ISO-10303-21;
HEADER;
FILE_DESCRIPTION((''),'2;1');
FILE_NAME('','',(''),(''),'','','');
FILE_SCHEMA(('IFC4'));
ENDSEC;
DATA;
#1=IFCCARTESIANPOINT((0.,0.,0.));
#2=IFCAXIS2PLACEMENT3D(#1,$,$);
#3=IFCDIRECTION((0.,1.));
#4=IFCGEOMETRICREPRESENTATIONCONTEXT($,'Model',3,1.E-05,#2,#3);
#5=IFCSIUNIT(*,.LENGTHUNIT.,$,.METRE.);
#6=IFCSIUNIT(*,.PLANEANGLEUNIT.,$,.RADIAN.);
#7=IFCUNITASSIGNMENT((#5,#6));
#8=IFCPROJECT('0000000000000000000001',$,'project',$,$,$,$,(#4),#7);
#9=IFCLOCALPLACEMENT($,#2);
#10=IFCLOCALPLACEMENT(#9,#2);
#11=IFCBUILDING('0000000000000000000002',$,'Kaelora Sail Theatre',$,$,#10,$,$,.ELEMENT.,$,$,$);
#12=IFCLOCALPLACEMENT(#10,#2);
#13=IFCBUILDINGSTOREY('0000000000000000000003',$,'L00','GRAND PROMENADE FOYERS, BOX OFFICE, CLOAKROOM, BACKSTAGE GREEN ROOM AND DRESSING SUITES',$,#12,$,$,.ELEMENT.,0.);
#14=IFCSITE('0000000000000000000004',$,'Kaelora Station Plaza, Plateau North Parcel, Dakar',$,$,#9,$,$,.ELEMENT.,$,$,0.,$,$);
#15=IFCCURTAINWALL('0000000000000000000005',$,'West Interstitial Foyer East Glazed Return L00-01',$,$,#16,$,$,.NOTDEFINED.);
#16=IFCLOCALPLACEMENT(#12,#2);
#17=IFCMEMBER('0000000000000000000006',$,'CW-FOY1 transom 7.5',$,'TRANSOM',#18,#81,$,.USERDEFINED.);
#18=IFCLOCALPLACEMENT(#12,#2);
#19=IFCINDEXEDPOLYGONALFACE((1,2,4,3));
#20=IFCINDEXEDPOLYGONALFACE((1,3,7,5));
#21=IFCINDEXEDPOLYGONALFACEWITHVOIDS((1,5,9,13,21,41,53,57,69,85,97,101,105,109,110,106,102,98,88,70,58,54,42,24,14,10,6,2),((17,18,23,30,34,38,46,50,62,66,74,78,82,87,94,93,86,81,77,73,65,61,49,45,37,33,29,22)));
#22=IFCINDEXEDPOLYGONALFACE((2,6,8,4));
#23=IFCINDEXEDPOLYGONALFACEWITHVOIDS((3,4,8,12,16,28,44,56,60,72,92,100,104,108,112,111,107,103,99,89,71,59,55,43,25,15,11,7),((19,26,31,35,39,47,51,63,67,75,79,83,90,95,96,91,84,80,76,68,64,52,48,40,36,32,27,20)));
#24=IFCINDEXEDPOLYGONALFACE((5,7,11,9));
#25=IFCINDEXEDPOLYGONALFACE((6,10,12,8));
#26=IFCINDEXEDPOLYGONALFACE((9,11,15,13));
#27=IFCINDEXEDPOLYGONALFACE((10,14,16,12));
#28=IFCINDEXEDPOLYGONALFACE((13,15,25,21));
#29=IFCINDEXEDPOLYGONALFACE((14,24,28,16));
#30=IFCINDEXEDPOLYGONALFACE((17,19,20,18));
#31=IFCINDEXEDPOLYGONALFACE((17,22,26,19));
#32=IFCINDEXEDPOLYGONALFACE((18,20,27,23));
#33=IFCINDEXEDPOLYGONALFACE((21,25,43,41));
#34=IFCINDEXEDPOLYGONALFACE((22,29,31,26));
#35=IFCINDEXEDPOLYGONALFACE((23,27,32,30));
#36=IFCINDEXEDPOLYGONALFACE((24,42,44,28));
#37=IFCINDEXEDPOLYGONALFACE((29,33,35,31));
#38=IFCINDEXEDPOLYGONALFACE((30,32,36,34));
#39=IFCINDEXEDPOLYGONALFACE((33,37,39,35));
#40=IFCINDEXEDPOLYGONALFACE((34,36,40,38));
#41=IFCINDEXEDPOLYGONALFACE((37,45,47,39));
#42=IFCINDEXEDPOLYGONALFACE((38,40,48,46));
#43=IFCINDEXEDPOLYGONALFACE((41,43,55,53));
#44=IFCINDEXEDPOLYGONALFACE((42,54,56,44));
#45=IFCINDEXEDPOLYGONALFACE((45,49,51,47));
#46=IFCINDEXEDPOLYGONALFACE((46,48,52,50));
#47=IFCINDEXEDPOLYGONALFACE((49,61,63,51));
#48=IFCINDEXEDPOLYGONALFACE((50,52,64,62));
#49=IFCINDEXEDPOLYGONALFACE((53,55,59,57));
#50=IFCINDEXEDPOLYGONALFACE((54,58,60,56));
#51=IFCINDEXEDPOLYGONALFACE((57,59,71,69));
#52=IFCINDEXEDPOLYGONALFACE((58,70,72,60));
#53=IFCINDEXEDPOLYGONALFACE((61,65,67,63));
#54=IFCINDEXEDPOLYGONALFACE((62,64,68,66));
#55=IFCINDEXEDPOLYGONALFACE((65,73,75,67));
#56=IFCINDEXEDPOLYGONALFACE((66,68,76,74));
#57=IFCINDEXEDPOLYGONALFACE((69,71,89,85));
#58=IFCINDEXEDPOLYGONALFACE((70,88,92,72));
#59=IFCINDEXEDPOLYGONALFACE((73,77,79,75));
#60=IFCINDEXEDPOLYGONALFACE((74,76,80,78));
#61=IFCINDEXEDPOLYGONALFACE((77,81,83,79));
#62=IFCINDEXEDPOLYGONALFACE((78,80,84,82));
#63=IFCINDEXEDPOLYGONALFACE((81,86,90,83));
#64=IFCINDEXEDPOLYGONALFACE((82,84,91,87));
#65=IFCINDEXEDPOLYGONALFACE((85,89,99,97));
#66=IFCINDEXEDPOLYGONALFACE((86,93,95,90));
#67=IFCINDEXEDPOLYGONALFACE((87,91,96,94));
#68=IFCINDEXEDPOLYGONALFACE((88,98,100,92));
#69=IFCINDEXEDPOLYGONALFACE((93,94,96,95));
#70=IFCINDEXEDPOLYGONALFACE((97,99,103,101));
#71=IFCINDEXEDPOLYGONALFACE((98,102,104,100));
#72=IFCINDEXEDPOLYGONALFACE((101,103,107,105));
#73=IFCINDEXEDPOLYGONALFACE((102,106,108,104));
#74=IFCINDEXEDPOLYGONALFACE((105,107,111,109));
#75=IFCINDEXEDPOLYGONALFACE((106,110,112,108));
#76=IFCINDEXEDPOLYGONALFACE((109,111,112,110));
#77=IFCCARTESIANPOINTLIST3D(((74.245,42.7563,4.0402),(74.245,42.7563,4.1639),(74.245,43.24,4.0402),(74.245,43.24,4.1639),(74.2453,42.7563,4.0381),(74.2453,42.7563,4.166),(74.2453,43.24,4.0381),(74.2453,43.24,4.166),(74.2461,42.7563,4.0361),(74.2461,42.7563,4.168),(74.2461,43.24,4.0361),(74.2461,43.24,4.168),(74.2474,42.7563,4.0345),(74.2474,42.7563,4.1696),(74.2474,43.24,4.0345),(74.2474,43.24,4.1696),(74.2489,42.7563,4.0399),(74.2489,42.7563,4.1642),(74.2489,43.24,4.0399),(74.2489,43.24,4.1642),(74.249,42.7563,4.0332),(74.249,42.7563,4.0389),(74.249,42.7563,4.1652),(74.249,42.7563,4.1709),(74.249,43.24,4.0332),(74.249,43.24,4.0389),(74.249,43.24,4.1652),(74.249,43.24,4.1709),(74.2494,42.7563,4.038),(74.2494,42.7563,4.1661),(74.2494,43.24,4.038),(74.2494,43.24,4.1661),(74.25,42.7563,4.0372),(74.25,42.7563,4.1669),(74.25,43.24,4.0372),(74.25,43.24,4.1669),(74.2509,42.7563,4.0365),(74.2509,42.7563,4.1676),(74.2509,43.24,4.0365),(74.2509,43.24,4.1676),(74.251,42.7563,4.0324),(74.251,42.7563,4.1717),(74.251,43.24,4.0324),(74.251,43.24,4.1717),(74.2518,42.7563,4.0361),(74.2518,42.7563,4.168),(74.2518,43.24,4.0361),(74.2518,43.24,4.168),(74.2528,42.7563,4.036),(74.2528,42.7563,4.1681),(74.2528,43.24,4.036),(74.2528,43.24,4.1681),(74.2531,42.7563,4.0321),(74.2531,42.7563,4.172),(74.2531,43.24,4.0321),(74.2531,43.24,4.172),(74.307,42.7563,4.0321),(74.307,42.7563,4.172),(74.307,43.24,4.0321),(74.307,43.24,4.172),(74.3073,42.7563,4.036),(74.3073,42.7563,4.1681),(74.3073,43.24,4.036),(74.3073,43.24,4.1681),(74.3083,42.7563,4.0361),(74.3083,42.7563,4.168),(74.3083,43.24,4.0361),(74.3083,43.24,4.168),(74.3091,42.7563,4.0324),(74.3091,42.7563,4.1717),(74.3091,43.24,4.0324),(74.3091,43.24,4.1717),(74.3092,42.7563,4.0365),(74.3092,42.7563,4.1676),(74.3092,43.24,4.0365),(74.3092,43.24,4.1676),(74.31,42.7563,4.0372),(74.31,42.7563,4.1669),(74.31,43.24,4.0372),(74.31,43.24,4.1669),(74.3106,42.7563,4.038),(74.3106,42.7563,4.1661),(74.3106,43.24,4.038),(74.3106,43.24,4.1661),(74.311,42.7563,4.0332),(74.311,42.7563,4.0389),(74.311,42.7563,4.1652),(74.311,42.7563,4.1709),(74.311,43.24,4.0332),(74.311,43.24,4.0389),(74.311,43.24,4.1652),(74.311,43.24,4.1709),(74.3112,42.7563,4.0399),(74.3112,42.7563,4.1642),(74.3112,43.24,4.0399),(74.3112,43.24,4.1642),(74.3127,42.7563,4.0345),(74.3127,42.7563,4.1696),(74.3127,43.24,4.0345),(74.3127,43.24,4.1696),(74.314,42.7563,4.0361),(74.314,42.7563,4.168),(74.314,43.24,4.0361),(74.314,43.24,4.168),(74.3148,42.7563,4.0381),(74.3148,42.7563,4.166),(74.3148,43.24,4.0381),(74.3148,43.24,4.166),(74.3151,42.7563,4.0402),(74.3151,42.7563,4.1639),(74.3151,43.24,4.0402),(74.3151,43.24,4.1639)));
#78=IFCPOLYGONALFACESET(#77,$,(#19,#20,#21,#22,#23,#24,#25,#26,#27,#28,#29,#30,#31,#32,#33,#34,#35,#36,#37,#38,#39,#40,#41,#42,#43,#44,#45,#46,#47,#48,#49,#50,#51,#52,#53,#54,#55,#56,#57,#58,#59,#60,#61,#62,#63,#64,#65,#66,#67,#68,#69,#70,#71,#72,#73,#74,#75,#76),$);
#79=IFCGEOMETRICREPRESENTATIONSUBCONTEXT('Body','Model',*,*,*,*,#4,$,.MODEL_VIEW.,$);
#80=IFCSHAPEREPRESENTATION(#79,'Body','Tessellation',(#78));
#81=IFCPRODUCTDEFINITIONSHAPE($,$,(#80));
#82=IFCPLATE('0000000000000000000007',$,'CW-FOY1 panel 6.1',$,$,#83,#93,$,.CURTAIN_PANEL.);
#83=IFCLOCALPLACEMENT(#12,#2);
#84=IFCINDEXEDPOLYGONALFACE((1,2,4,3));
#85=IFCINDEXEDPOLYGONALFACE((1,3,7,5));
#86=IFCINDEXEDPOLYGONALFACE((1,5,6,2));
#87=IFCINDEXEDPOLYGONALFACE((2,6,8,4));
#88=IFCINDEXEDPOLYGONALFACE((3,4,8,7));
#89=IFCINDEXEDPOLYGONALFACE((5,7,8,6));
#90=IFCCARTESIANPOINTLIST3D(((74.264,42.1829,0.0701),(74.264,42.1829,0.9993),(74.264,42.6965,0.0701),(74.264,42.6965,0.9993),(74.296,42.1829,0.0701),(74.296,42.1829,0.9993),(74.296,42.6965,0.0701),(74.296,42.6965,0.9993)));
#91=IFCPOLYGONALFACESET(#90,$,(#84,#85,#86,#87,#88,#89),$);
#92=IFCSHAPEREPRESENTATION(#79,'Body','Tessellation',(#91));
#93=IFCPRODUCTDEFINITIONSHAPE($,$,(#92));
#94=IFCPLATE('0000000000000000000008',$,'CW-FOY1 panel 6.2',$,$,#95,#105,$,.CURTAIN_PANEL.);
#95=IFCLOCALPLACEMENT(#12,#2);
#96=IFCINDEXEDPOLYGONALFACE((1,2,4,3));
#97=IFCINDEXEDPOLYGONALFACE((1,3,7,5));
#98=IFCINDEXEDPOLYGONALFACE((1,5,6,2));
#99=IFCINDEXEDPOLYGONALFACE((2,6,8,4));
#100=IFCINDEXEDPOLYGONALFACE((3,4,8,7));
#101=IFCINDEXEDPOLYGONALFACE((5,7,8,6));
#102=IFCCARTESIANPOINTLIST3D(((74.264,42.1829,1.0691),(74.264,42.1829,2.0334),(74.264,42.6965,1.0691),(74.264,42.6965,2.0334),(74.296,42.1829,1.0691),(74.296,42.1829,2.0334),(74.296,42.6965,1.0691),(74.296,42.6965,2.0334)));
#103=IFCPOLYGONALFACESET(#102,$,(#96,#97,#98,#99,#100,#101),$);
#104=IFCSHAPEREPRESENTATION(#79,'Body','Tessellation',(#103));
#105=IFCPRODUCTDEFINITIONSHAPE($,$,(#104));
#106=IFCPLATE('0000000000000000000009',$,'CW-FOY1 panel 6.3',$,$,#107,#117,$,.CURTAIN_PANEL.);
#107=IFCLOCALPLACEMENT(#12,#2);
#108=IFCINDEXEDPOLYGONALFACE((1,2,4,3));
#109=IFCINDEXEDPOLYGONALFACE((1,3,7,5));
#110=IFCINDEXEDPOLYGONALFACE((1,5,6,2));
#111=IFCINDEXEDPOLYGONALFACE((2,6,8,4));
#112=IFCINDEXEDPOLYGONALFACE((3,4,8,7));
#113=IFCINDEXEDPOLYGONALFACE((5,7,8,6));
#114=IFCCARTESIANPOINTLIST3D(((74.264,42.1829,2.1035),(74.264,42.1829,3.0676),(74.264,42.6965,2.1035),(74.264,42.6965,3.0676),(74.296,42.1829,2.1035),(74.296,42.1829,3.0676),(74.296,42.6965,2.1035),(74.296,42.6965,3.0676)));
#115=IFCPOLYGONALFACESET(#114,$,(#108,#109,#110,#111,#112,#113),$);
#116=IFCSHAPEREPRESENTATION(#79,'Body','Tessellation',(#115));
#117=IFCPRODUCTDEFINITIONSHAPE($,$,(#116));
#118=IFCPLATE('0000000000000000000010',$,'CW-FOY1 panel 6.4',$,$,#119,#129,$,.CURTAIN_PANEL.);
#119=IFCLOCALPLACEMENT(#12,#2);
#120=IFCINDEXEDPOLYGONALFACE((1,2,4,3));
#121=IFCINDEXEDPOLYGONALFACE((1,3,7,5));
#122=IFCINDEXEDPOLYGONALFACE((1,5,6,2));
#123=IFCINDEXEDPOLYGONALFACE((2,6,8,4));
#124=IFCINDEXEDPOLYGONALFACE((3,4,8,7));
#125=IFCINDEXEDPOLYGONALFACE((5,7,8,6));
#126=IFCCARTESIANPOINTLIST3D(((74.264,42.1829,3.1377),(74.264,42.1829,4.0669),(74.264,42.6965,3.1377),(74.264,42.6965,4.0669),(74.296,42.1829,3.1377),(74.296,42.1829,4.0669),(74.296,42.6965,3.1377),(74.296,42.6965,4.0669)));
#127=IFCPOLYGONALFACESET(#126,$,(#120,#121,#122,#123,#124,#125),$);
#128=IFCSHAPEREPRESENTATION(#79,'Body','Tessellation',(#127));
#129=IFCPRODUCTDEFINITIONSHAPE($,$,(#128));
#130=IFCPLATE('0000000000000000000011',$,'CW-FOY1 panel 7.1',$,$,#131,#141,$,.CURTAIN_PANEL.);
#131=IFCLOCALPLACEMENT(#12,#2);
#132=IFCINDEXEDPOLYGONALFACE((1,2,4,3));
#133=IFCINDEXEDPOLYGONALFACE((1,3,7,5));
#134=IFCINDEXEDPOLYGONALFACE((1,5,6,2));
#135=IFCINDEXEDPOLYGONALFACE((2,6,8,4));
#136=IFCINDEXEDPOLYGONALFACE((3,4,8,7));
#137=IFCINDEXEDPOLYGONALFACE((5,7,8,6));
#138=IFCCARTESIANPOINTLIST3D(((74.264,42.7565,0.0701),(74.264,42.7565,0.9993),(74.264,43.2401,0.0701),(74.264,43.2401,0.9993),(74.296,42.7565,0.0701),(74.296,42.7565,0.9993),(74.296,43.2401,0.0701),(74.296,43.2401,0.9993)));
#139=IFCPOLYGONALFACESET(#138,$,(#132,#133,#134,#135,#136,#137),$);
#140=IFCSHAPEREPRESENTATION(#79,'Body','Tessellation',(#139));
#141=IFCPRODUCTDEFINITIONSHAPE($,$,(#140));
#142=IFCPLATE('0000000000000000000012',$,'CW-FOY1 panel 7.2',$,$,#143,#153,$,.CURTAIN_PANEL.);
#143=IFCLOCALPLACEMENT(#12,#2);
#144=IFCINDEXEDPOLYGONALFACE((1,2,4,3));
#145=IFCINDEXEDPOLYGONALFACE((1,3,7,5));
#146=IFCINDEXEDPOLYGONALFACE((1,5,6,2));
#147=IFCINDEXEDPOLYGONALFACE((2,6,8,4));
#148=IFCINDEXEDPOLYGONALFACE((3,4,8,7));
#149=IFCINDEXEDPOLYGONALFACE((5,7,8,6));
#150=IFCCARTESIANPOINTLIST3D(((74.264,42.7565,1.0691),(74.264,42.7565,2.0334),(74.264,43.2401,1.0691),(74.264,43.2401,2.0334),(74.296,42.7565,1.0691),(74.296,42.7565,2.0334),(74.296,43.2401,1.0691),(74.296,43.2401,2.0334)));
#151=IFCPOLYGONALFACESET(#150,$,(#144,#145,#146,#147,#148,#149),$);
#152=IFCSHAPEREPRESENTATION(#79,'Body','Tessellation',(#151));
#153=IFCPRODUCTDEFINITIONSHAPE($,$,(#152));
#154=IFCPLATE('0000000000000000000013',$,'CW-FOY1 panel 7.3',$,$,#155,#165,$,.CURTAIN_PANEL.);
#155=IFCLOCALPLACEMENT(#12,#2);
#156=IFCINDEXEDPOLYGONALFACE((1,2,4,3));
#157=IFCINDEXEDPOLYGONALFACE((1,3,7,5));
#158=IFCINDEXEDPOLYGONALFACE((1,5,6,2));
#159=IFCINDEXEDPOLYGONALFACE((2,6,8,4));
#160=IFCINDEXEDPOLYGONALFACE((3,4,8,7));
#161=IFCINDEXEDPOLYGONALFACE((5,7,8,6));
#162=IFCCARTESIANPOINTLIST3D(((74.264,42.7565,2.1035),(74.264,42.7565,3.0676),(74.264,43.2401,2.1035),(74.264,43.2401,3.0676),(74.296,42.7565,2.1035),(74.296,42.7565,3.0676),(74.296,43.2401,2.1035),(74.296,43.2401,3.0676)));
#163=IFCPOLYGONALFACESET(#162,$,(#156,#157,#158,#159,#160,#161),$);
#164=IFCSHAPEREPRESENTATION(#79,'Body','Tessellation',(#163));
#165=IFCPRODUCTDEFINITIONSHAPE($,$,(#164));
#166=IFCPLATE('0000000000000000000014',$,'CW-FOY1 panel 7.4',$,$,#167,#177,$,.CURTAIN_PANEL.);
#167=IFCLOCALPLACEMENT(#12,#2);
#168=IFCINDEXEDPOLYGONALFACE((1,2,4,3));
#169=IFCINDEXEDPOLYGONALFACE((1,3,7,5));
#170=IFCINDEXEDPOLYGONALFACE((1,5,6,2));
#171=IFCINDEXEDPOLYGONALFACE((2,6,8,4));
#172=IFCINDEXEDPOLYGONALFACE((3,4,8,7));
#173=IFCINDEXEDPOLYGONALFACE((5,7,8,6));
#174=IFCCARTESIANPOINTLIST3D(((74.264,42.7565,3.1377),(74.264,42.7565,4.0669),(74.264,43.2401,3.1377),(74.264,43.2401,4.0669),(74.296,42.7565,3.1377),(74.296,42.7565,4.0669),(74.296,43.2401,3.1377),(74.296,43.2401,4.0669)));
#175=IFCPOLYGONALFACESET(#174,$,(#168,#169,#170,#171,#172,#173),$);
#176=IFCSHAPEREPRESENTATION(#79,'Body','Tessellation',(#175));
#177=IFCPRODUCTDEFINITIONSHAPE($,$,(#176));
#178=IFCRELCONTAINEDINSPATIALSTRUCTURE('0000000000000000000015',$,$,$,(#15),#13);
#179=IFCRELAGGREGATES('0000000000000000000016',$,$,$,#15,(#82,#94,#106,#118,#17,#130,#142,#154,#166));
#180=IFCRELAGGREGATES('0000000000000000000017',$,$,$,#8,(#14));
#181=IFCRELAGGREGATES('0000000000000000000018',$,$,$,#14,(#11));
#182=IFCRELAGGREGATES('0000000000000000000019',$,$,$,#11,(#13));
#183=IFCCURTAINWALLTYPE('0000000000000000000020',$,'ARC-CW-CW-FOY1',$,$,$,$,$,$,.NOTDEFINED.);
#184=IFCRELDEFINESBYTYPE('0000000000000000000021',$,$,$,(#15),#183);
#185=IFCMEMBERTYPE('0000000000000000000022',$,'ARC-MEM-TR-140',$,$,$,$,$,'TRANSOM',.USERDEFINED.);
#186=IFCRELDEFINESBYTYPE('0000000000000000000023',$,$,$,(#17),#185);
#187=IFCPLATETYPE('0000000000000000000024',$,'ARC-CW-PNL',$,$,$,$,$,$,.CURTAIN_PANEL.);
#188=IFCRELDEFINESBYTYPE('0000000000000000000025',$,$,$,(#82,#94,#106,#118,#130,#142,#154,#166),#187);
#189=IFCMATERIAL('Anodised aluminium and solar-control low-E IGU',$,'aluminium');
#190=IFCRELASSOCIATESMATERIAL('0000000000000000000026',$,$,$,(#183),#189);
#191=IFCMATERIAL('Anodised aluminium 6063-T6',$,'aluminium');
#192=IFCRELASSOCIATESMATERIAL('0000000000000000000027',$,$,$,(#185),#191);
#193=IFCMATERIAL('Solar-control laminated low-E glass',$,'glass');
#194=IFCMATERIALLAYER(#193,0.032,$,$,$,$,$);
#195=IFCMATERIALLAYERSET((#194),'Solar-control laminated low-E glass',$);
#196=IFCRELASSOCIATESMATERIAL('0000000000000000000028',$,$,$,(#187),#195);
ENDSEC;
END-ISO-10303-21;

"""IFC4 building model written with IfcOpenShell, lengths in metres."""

from ifc_helpers import new_model, si_unit, direction, frame, origin, origin_2d, place, context, subcontext, project, spatial, rectangle, hollow_rectangle, extrude, material, layer, layer_set, material_profile, profile_set, type_object, element, aggregate, save


model = new_model("IFC4")

# Units and contexts
model_context = context("Model", 3, precision=1e-05, world=origin(), true_north=direction((0.0, 1.0)))
body_context = subcontext(model_context, "Body", "Model", "MODEL_VIEW")
ifc_project = project(units=[si_unit("LENGTHUNIT", "METRE"), si_unit("PLANEANGLEUNIT", "RADIAN")], contexts=[model_context])

# Site, building, storey
site_placement = place(None, origin())
site = spatial("IfcSite", under=ifc_project, at=site_placement, Name="Kaelora Station Plaza, Plateau North Parcel, Dakar", CompositionType="ELEMENT", RefElevation=0.0)
building_placement = place(site_placement, origin())
building = spatial("IfcBuilding", under=site, at=building_placement, Name="Kaelora Sail Theatre", CompositionType="ELEMENT")
storey_placement = place(building_placement, origin())
storey = spatial("IfcBuildingStorey", under=building, at=storey_placement, Name="L00", Description="GRAND PROMENADE FOYERS, BOX OFFICE, CLOAKROOM, BACKSTAGE GREEN ROOM AND DRESSING SUITES", CompositionType="ELEMENT", Elevation=0.0)

# Curtain wall
ifc_material_1 = material(Name="Anodised aluminium and solar-control low-E IGU", Category="aluminium")
curtain_wall_type = type_object("IfcCurtainWallType", Name="ARC-CW-CW-FOY1", PredefinedType="NOTDEFINED", material=ifc_material_1)
curtain_wall_1_placement = place(storey_placement, origin())
curtain_wall_1 = element("IfcCurtainWall", 1, at=curtain_wall_1_placement, inside=storey, type_object=curtain_wall_type, Name="West Interstitial Foyer East Glazed Return L00-01", PredefinedType="NOTDEFINED")

# Member
ifc_material_2 = material(Name="Anodised aluminium 6063-T6", Category="aluminium")
ifc_material_profile_1 = material_profile(ifc_material_2, hollow_rectangle(XDim=0.0701, YDim=0.1399, WallThickness=0.0039, InnerFilletRadius=0.0039, OuterFilletRadius=0.0081, at=origin_2d()), Name="ALU-TRAN 70x140x4")
ifc_profile_set_1 = profile_set([ifc_material_profile_1], Name="Anodised aluminium 6063-T6")
member_type_1 = type_object("IfcMemberType", Name="ARC-MEM-TR-140", ElementType="TRANSOM", PredefinedType="USERDEFINED", material=ifc_profile_set_1)
member_1_placement = place(storey_placement, frame((74.28, 42.7563, 4.1021), z_axis=(0.0, 1.0, 0.0), x_axis=(-1.0, 0.0, 0.0)))
member_1 = element("IfcMember", 2, at=member_1_placement, type_object=member_type_1, Name="CW-FOY1 transom 7.5", ObjectType="TRANSOM", PredefinedType="USERDEFINED", context=body_context, shape_type="SweptSolid", body=[
    extrude(hollow_rectangle(XDim=0.0701, YDim=0.1399, WallThickness=0.0039, InnerFilletRadius=0.0039, OuterFilletRadius=0.0081, at=origin_2d()), origin(), (0.0, 0.0, 1.0), 0.4836),
])

# Plates
ifc_material_3 = material(Name="Solar-control laminated low-E glass", Category="glass")
ifc_layer = layer(ifc_material_3, 0.032)
ifc_layer_set = layer_set([ifc_layer], Name="Solar-control laminated low-E glass")
plate_type = type_object("IfcPlateType", Name="ARC-CW-PNL", PredefinedType="CURTAIN_PANEL", material=ifc_layer_set)
plate_1_placement = place(storey_placement, frame((74.28, 42.4397, 0.0701), z_axis=(0.0, 0.0, 1.0), x_axis=(0.0, 1.0, 0.0)))
plate_1 = element("IfcPlate", 3, at=plate_1_placement, type_object=plate_type, Name="CW-FOY1 panel 6.1", PredefinedType="CURTAIN_PANEL", context=body_context, shape_type="SweptSolid", body=[
    extrude(rectangle(XDim=0.5137, YDim=0.032, at=origin_2d()), origin(), (0.0, 0.0, 1.0), 0.9292),
])
plate_2_placement = place(storey_placement, frame((74.28, 42.4397, 1.0691), z_axis=(0.0, 0.0, 1.0), x_axis=(0.0, 1.0, 0.0)))
plate_2 = element("IfcPlate", 4, at=plate_2_placement, type_object=plate_type, Name="CW-FOY1 panel 6.2", PredefinedType="CURTAIN_PANEL", context=body_context, shape_type="SweptSolid", body=[
    extrude(rectangle(XDim=0.5137, YDim=0.032, at=origin_2d()), origin(), (0.0, 0.0, 1.0), 0.9644),
])
plate_3_placement = place(storey_placement, frame((74.28, 42.4397, 2.1035), z_axis=(0.0, 0.0, 1.0), x_axis=(0.0, 1.0, 0.0)))
plate_3 = element("IfcPlate", 5, at=plate_3_placement, type_object=plate_type, Name="CW-FOY1 panel 6.3", PredefinedType="CURTAIN_PANEL", context=body_context, shape_type="SweptSolid", body=[
    extrude(rectangle(XDim=0.5137, YDim=0.032, at=origin_2d()), origin(), (0.0, 0.0, 1.0), 0.9641),
])
plate_4_placement = place(storey_placement, frame((74.28, 42.4397, 3.1377), z_axis=(0.0, 0.0, 1.0), x_axis=(0.0, 1.0, 0.0)))
plate_4 = element("IfcPlate", 6, at=plate_4_placement, type_object=plate_type, Name="CW-FOY1 panel 6.4", PredefinedType="CURTAIN_PANEL", context=body_context, shape_type="SweptSolid", body=[
    extrude(rectangle(XDim=0.5137, YDim=0.032, at=origin_2d()), origin(), (0.0, 0.0, 1.0), 0.9292),
])
plate_5_placement = place(storey_placement, frame((74.28, 42.9983, 0.0701), z_axis=(0.0, 0.0, 1.0), x_axis=(0.0, 1.0, 0.0)))
plate_5 = element("IfcPlate", 7, at=plate_5_placement, type_object=plate_type, Name="CW-FOY1 panel 7.1", PredefinedType="CURTAIN_PANEL", context=body_context, shape_type="SweptSolid", body=[
    extrude(rectangle(XDim=0.4836, YDim=0.032, at=origin_2d()), origin(), (0.0, 0.0, 1.0), 0.9292),
])
plate_6_placement = place(storey_placement, frame((74.28, 42.9983, 1.0691), z_axis=(0.0, 0.0, 1.0), x_axis=(0.0, 1.0, 0.0)))
plate_6 = element("IfcPlate", 8, at=plate_6_placement, type_object=plate_type, Name="CW-FOY1 panel 7.2", PredefinedType="CURTAIN_PANEL", context=body_context, shape_type="SweptSolid", body=[
    extrude(rectangle(XDim=0.4836, YDim=0.032, at=origin_2d()), origin(), (0.0, 0.0, 1.0), 0.9644),
])
plate_7_placement = place(storey_placement, frame((74.28, 42.9983, 2.1035), z_axis=(0.0, 0.0, 1.0), x_axis=(0.0, 1.0, 0.0)))
plate_7 = element("IfcPlate", 9, at=plate_7_placement, type_object=plate_type, Name="CW-FOY1 panel 7.3", PredefinedType="CURTAIN_PANEL", context=body_context, shape_type="SweptSolid", body=[
    extrude(rectangle(XDim=0.4836, YDim=0.032, at=origin_2d()), origin(), (0.0, 0.0, 1.0), 0.9641),
])
plate_8_placement = place(storey_placement, frame((74.28, 42.9983, 3.1377), z_axis=(0.0, 0.0, 1.0), x_axis=(0.0, 1.0, 0.0)))
plate_8 = element("IfcPlate", 10, at=plate_8_placement, type_object=plate_type, Name="CW-FOY1 panel 7.4", PredefinedType="CURTAIN_PANEL", context=body_context, shape_type="SweptSolid", body=[
    extrude(rectangle(XDim=0.4836, YDim=0.032, at=origin_2d()), origin(), (0.0, 0.0, 1.0), 0.9292),
])
aggregate(curtain_wall_1, [plate_1, plate_2, plate_3, plate_4, member_1, plate_5, plate_6, plate_7, plate_8])

save(model, "model.ifc")
